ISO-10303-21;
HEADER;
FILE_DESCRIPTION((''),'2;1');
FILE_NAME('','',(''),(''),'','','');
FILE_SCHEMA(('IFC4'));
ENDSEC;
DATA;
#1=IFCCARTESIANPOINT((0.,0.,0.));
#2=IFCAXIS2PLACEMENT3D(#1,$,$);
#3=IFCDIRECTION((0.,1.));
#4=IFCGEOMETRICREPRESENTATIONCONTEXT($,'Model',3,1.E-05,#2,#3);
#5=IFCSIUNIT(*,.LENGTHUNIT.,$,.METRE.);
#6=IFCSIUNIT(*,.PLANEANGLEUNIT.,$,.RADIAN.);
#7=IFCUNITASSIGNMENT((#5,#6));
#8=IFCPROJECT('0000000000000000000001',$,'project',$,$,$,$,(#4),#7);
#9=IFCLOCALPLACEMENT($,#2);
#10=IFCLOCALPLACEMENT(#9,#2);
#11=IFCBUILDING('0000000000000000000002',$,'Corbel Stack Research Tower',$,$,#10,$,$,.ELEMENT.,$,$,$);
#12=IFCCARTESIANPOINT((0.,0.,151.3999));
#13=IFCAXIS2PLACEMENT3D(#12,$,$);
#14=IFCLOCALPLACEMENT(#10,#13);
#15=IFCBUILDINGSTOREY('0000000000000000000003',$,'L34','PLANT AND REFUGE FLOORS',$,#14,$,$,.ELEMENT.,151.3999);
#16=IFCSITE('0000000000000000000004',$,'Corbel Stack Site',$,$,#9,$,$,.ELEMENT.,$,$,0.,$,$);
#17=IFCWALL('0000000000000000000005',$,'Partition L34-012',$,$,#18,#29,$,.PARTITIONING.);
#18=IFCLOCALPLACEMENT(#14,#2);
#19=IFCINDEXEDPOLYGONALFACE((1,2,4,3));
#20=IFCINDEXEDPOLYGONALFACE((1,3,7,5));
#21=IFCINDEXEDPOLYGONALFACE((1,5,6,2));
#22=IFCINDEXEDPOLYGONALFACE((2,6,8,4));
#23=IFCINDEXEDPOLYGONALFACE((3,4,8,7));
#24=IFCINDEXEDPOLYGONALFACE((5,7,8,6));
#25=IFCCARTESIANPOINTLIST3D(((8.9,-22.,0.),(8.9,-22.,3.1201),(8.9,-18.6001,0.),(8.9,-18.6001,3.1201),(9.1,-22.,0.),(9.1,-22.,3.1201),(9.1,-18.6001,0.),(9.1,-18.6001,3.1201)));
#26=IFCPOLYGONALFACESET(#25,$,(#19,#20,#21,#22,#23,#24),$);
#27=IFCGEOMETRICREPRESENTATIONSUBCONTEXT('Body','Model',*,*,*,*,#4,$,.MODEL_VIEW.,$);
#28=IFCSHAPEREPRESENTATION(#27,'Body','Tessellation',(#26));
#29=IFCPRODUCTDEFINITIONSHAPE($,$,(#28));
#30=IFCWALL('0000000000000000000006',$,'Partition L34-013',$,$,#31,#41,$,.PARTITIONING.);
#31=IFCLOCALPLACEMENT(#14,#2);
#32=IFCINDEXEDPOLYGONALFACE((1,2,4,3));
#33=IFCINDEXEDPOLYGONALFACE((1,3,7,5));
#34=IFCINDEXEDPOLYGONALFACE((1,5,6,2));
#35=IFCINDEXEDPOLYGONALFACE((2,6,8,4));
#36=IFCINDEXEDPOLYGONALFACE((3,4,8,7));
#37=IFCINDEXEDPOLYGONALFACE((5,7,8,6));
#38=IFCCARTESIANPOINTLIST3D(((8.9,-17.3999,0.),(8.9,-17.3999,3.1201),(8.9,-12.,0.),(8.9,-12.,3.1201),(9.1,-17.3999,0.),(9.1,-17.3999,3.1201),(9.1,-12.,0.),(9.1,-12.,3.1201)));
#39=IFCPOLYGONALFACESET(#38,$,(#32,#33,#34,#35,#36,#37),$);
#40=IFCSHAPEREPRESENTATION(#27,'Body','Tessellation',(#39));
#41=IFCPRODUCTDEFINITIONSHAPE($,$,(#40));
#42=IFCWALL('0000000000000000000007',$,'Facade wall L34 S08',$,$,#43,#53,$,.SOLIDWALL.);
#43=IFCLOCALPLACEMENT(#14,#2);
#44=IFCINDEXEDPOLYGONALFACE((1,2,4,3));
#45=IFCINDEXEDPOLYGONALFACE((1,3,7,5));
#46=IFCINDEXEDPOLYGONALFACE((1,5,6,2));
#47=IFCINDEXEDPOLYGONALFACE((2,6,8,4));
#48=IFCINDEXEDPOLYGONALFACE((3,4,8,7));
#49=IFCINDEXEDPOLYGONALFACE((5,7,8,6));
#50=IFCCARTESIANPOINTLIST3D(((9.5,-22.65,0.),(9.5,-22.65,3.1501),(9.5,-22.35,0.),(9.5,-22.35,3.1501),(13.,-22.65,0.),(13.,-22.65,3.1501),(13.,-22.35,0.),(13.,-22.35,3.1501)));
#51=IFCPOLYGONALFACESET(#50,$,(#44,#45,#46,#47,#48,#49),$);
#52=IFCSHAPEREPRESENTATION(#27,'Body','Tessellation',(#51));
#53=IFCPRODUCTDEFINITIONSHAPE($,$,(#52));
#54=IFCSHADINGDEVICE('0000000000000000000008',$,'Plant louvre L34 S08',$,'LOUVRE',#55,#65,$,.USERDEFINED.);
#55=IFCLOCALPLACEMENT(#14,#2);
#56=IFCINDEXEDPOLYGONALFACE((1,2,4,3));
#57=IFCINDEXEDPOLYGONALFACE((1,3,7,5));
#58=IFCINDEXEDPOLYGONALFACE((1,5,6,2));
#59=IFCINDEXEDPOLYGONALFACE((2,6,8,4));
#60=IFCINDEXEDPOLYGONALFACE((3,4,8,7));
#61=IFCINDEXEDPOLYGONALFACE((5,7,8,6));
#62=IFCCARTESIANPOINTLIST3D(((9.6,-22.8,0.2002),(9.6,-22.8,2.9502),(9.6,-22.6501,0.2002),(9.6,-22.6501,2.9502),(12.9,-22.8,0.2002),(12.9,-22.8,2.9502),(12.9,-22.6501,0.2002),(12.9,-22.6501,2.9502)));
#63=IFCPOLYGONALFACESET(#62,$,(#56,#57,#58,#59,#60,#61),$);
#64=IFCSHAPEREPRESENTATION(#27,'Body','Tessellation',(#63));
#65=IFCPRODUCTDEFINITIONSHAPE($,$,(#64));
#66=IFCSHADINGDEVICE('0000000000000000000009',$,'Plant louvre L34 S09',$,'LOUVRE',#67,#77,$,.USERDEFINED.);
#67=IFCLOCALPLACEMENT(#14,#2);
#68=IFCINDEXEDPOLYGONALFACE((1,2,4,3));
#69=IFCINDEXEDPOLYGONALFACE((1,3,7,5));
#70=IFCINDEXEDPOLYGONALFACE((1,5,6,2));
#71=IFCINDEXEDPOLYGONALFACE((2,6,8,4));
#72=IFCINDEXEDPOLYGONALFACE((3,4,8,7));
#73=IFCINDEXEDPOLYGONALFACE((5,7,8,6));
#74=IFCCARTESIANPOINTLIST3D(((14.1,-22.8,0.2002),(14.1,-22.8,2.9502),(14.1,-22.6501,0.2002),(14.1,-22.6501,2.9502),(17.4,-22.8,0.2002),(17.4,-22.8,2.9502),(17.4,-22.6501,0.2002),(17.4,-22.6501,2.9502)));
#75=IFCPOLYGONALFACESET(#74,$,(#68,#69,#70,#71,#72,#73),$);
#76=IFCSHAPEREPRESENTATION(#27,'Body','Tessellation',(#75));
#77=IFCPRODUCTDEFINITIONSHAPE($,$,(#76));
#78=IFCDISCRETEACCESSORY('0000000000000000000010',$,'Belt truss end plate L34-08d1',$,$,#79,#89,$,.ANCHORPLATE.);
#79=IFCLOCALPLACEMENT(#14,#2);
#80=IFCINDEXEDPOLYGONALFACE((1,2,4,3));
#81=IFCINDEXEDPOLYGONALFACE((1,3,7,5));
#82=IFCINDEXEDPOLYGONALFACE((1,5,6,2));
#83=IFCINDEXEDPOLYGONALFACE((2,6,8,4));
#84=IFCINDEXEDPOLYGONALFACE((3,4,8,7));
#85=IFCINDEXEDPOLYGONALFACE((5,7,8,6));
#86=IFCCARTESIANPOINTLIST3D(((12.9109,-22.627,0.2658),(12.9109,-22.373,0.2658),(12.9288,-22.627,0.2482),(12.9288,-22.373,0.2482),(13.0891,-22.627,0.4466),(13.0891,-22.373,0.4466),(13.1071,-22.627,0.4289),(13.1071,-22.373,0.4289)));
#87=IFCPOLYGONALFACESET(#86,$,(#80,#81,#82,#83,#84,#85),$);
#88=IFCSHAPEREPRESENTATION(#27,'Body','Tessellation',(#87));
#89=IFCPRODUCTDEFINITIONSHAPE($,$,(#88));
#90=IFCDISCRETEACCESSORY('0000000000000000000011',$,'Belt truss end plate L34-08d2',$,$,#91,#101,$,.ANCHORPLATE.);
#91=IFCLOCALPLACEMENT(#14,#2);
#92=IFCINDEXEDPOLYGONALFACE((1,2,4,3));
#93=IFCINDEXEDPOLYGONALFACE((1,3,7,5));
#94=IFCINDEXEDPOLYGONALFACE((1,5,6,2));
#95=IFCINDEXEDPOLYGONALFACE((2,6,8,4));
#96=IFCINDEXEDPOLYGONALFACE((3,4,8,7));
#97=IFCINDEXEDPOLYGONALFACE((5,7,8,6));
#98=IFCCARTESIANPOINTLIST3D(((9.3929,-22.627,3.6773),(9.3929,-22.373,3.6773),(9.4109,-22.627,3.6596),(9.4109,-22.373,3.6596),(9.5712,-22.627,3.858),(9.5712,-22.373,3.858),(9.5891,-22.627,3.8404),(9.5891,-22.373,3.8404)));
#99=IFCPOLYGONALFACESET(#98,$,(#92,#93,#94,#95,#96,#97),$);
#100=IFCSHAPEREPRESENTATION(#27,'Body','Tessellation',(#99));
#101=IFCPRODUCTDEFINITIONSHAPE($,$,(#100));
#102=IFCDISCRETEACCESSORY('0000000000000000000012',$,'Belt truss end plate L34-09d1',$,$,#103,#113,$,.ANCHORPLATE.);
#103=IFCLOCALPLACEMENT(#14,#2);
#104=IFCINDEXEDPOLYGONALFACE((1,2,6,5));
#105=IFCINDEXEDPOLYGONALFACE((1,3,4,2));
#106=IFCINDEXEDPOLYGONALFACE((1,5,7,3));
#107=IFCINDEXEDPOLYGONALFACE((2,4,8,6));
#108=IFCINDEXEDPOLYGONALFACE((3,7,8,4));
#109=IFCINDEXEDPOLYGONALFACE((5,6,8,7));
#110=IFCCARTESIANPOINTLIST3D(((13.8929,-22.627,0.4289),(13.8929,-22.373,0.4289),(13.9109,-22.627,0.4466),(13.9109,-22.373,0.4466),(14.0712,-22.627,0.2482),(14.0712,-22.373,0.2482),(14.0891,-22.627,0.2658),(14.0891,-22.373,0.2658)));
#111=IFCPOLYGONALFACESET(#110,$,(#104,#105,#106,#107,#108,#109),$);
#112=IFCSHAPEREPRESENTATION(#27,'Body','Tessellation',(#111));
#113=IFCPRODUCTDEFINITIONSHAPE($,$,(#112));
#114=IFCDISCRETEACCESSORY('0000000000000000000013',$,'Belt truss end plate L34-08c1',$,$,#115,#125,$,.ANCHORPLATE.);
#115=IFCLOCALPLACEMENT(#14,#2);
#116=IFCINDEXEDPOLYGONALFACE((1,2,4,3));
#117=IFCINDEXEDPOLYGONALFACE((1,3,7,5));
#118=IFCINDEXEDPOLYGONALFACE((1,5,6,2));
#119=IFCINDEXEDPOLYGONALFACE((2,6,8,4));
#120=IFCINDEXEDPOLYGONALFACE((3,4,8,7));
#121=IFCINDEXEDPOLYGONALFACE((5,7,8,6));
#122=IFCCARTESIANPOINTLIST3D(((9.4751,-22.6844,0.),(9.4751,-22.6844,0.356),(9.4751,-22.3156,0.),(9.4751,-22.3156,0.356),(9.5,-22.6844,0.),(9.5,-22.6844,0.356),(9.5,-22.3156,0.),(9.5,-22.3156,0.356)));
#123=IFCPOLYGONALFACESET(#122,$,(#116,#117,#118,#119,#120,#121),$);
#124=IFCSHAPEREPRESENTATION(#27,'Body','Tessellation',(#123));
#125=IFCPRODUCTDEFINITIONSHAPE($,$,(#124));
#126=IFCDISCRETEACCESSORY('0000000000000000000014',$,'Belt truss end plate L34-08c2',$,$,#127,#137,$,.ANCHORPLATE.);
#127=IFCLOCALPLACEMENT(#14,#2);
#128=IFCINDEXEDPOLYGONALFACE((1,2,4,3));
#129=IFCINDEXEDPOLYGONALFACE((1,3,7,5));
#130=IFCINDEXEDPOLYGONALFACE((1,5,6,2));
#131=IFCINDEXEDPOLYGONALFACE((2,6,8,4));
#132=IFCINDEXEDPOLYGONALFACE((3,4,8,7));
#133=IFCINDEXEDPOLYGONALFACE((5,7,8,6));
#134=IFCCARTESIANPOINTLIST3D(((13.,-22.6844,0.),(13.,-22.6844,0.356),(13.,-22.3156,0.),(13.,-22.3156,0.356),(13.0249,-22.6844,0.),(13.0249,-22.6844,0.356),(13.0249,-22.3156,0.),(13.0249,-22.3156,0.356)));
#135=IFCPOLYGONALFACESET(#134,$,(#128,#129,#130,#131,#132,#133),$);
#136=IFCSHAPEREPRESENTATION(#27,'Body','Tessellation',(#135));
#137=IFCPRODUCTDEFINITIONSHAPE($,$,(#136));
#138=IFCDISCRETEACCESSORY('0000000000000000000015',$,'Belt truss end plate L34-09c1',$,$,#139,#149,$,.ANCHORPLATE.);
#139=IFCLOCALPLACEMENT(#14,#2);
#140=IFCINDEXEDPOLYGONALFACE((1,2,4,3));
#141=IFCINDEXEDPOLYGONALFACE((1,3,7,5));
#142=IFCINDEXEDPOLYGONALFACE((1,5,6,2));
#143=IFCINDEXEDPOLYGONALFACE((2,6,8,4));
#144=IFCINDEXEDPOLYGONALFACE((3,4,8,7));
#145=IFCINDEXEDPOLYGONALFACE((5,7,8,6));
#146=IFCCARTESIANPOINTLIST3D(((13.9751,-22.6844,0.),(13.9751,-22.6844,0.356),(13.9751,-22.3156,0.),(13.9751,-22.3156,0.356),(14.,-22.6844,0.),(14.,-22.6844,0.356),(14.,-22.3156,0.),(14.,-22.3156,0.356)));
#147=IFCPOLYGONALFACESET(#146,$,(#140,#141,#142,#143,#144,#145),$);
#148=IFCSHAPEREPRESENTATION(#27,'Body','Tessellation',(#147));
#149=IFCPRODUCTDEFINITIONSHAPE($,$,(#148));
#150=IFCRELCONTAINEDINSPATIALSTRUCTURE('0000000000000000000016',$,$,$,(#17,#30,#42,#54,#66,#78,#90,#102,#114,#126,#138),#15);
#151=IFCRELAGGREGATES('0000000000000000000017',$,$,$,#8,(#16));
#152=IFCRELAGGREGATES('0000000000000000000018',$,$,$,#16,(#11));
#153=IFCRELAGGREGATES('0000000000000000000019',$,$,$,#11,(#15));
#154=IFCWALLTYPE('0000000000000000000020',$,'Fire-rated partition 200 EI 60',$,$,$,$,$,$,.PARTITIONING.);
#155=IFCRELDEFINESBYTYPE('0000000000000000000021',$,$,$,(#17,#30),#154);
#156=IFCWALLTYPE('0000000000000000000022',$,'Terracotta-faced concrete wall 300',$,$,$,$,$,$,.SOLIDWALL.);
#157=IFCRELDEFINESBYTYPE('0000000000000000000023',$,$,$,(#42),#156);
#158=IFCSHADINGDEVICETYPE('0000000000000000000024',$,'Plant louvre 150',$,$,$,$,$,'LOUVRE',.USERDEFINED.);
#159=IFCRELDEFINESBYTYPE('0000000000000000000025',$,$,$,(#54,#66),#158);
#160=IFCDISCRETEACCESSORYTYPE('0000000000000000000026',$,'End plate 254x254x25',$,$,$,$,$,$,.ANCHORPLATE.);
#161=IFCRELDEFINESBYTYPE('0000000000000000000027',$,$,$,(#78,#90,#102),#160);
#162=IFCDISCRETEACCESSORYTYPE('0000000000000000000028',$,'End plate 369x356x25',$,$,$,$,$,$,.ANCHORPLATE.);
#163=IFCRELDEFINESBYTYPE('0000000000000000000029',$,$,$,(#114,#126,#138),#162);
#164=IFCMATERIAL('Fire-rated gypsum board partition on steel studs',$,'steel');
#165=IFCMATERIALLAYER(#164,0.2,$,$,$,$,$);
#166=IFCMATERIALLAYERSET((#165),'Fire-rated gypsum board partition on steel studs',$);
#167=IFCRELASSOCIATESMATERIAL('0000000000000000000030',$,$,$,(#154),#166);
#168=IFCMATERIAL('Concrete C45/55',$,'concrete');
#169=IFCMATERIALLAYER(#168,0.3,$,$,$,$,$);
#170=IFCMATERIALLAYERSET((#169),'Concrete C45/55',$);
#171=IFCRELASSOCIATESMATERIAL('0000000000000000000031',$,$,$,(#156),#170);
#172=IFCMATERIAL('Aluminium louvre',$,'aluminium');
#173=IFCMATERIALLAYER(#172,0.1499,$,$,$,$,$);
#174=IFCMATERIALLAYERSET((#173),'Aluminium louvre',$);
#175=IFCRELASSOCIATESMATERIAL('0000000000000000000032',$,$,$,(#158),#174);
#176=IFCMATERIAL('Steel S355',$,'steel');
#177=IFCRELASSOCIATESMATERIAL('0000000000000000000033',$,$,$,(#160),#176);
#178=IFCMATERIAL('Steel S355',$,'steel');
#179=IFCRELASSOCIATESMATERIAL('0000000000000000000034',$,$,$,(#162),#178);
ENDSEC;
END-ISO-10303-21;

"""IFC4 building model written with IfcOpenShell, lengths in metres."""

from ifc_helpers import new_model, si_unit, direction, frame, frame_2d, origin, origin_2d, place, context, subcontext, project, spatial, rectangle, extrude, material, layer, layer_set, material_profile, profile_set, type_object, element, save


model = new_model("IFC4")

# Units and contexts
model_context = context("Model", 3, precision=1e-05, world=origin(), true_north=direction((0.0, 1.0)))
body_context = subcontext(model_context, "Body", "Model", "MODEL_VIEW")
ifc_project = project(units=[si_unit("LENGTHUNIT", "METRE"), si_unit("PLANEANGLEUNIT", "RADIAN")], contexts=[model_context])

# Site, building, storey
site_placement = place(None, origin())
site = spatial("IfcSite", under=ifc_project, at=site_placement, Name="Corbel Stack Site", CompositionType="ELEMENT", RefElevation=0.0)
building_placement = place(site_placement, origin())
building = spatial("IfcBuilding", under=site, at=building_placement, Name="Corbel Stack Research Tower", CompositionType="ELEMENT")
storey_placement = place(building_placement, frame((0.0, 0.0, 151.3999)))
storey = spatial("IfcBuildingStorey", under=building, at=storey_placement, Name="L34", Description="PLANT AND REFUGE FLOORS", CompositionType="ELEMENT", Elevation=151.3999)

# Walls
ifc_material_1 = material(Name="Fire-rated gypsum board partition on steel studs", Category="steel")
ifc_layer_1 = layer(ifc_material_1, 0.2)
ifc_layer_set_1 = layer_set([ifc_layer_1], Name="Fire-rated gypsum board partition on steel studs")
wall_type_1 = type_object("IfcWallType", Name="Fire-rated partition 200 EI 60", PredefinedType="PARTITIONING", material=ifc_layer_set_1)
wall_1_placement = place(storey_placement, frame((9.0, -22.0, 0.0), z_axis=(0.0, 0.0, 1.0), x_axis=(0.0, 1.0, 0.0)))
element("IfcWall", 1, at=wall_1_placement, inside=storey, type_object=wall_type_1, Name="Partition L34-012", PredefinedType="PARTITIONING", context=body_context, shape_type="SweptSolid", body=[
    extrude(rectangle(XDim=3.3999, YDim=0.2, at=frame_2d((1.7, 0.0))), origin(), (0.0, 0.0, 1.0), 3.1201),
])
wall_2_placement = place(storey_placement, frame((9.0, -17.3999, 0.0), z_axis=(0.0, 0.0, 1.0), x_axis=(0.0, 1.0, 0.0)))
element("IfcWall", 2, at=wall_2_placement, inside=storey, type_object=wall_type_1, Name="Partition L34-013", PredefinedType="PARTITIONING", context=body_context, shape_type="SweptSolid", body=[
    extrude(rectangle(XDim=5.3999, YDim=0.2, at=frame_2d((2.7, 0.0))), origin(), (0.0, 0.0, 1.0), 3.1201),
])
ifc_material_2 = material(Name="Concrete C45/55", Category="concrete")
ifc_layer_2 = layer(ifc_material_2, 0.3)
ifc_layer_set_2 = layer_set([ifc_layer_2], Name="Concrete C45/55")
wall_type_2 = type_object("IfcWallType", Name="Terracotta-faced concrete wall 300", PredefinedType="SOLIDWALL", material=ifc_layer_set_2)
wall_3_placement = place(storey_placement, frame((13.0, -22.5, 0.0), z_axis=(0.0, 0.0, 1.0), x_axis=(-1.0, 0.0, 0.0)))
element("IfcWall", 3, at=wall_3_placement, inside=storey, type_object=wall_type_2, Name="Facade wall L34 S08", PredefinedType="SOLIDWALL", context=body_context, shape_type="SweptSolid", body=[
    extrude(rectangle(XDim=3.5, YDim=0.3, at=frame_2d((1.75, 0.0))), origin(), (0.0, 0.0, 1.0), 3.1501),
])

# Shading devices
ifc_material_3 = material(Name="Aluminium louvre", Category="aluminium")
ifc_layer_3 = layer(ifc_material_3, 0.1499)
ifc_layer_set_3 = layer_set([ifc_layer_3], Name="Aluminium louvre")
shading_device_type = type_object("IfcShadingDeviceType", Name="Plant louvre 150", ElementType="LOUVRE", PredefinedType="USERDEFINED", material=ifc_layer_set_3)
for number, where, z_axis, x_axis, name in (
    (4, (11.25, -22.7251, 0.2002), (0.0, 0.0, 1.0), (1.0, 0.0, 0.0), "Plant louvre L34 S08"),
    (5, (15.75, -22.7251, 0.2002), (0.0, 0.0, 1.0), (1.0, 0.0, 0.0), "Plant louvre L34 S09"),
):
    element("IfcShadingDevice", number, at=place(storey_placement, frame(where, z_axis=z_axis, x_axis=x_axis)), inside=storey, type_object=shading_device_type, Name=name, ObjectType="LOUVRE", PredefinedType="USERDEFINED", context=body_context, shape_type="SweptSolid", body=[
        extrude(rectangle(XDim=3.3, YDim=0.1499, at=origin_2d()), origin(), (0.0, 0.0, 1.0), 2.75),
    ])

# Discrete accessories
ifc_material_4 = material(Name="Steel S355", Category="steel")
ifc_material_profile_1 = material_profile(ifc_material_4, rectangle(XDim=0.2539, YDim=0.2539, at=origin_2d()), Name="End plate 254x254x25")
ifc_profile_set_1 = profile_set([ifc_material_profile_1], Name="Steel S355")
discrete_accessory_type_1 = type_object("IfcDiscreteAccessoryType", Name="End plate 254x254x25", PredefinedType="ANCHORPLATE", material=ifc_profile_set_1)
for number, where, z_axis, x_axis, name in (
    (6, (13.0, -22.5, 0.3562), (0.711966, 0.0, -0.702213), (0.0, 1.0, 0.0), "Belt truss end plate L34-08d1"),
    (7, (9.5, -22.5, 3.75), (-0.711966, 0.0, 0.702213), (0.0, -1.0, 0.0), "Belt truss end plate L34-08d2"),
    (8, (14.0, -22.5, 0.3562), (-0.711966, 0.0, -0.702213), (0.0, -1.0, 0.0), "Belt truss end plate L34-09d1"),
):
    element("IfcDiscreteAccessory", number, at=place(storey_placement, frame(where, z_axis=z_axis, x_axis=x_axis)), inside=storey, type_object=discrete_accessory_type_1, Name=name, PredefinedType="ANCHORPLATE", context=body_context, shape_type="SweptSolid", body=[
        extrude(rectangle(XDim=0.2539, YDim=0.2539, at=origin_2d()), origin(), (0.0, 0.0, 1.0), 0.0251),
    ])
ifc_material_5 = material(Name="Steel S355", Category="steel")
ifc_material_profile_2 = material_profile(ifc_material_5, rectangle(XDim=0.3689, YDim=0.356, at=origin_2d()), Name="End plate 369x356x25")
ifc_profile_set_2 = profile_set([ifc_material_profile_2], Name="Steel S355")
discrete_accessory_type_2 = type_object("IfcDiscreteAccessoryType", Name="End plate 369x356x25", PredefinedType="ANCHORPLATE", material=ifc_profile_set_2)
for number, where, z_axis, x_axis, name in (
    (9, (9.5, -22.5, 0.178), (-1.0, 0.0, 0.0), (0.0, -1.0, 0.0), "Belt truss end plate L34-08c1"),
    (10, (13.0, -22.5, 0.178), (1.0, 0.0, 0.0), (0.0, 1.0, 0.0), "Belt truss end plate L34-08c2"),
    (11, (14.0, -22.5, 0.178), (-1.0, 0.0, 0.0), (0.0, -1.0, 0.0), "Belt truss end plate L34-09c1"),
):
    element("IfcDiscreteAccessory", number, at=place(storey_placement, frame(where, z_axis=z_axis, x_axis=x_axis)), inside=storey, type_object=discrete_accessory_type_2, Name=name, PredefinedType="ANCHORPLATE", context=body_context, shape_type="SweptSolid", body=[
        extrude(rectangle(XDim=0.3689, YDim=0.356, at=origin_2d()), origin(), (0.0, 0.0, 1.0), 0.0249),
    ])

save(model, "model.ifc")
